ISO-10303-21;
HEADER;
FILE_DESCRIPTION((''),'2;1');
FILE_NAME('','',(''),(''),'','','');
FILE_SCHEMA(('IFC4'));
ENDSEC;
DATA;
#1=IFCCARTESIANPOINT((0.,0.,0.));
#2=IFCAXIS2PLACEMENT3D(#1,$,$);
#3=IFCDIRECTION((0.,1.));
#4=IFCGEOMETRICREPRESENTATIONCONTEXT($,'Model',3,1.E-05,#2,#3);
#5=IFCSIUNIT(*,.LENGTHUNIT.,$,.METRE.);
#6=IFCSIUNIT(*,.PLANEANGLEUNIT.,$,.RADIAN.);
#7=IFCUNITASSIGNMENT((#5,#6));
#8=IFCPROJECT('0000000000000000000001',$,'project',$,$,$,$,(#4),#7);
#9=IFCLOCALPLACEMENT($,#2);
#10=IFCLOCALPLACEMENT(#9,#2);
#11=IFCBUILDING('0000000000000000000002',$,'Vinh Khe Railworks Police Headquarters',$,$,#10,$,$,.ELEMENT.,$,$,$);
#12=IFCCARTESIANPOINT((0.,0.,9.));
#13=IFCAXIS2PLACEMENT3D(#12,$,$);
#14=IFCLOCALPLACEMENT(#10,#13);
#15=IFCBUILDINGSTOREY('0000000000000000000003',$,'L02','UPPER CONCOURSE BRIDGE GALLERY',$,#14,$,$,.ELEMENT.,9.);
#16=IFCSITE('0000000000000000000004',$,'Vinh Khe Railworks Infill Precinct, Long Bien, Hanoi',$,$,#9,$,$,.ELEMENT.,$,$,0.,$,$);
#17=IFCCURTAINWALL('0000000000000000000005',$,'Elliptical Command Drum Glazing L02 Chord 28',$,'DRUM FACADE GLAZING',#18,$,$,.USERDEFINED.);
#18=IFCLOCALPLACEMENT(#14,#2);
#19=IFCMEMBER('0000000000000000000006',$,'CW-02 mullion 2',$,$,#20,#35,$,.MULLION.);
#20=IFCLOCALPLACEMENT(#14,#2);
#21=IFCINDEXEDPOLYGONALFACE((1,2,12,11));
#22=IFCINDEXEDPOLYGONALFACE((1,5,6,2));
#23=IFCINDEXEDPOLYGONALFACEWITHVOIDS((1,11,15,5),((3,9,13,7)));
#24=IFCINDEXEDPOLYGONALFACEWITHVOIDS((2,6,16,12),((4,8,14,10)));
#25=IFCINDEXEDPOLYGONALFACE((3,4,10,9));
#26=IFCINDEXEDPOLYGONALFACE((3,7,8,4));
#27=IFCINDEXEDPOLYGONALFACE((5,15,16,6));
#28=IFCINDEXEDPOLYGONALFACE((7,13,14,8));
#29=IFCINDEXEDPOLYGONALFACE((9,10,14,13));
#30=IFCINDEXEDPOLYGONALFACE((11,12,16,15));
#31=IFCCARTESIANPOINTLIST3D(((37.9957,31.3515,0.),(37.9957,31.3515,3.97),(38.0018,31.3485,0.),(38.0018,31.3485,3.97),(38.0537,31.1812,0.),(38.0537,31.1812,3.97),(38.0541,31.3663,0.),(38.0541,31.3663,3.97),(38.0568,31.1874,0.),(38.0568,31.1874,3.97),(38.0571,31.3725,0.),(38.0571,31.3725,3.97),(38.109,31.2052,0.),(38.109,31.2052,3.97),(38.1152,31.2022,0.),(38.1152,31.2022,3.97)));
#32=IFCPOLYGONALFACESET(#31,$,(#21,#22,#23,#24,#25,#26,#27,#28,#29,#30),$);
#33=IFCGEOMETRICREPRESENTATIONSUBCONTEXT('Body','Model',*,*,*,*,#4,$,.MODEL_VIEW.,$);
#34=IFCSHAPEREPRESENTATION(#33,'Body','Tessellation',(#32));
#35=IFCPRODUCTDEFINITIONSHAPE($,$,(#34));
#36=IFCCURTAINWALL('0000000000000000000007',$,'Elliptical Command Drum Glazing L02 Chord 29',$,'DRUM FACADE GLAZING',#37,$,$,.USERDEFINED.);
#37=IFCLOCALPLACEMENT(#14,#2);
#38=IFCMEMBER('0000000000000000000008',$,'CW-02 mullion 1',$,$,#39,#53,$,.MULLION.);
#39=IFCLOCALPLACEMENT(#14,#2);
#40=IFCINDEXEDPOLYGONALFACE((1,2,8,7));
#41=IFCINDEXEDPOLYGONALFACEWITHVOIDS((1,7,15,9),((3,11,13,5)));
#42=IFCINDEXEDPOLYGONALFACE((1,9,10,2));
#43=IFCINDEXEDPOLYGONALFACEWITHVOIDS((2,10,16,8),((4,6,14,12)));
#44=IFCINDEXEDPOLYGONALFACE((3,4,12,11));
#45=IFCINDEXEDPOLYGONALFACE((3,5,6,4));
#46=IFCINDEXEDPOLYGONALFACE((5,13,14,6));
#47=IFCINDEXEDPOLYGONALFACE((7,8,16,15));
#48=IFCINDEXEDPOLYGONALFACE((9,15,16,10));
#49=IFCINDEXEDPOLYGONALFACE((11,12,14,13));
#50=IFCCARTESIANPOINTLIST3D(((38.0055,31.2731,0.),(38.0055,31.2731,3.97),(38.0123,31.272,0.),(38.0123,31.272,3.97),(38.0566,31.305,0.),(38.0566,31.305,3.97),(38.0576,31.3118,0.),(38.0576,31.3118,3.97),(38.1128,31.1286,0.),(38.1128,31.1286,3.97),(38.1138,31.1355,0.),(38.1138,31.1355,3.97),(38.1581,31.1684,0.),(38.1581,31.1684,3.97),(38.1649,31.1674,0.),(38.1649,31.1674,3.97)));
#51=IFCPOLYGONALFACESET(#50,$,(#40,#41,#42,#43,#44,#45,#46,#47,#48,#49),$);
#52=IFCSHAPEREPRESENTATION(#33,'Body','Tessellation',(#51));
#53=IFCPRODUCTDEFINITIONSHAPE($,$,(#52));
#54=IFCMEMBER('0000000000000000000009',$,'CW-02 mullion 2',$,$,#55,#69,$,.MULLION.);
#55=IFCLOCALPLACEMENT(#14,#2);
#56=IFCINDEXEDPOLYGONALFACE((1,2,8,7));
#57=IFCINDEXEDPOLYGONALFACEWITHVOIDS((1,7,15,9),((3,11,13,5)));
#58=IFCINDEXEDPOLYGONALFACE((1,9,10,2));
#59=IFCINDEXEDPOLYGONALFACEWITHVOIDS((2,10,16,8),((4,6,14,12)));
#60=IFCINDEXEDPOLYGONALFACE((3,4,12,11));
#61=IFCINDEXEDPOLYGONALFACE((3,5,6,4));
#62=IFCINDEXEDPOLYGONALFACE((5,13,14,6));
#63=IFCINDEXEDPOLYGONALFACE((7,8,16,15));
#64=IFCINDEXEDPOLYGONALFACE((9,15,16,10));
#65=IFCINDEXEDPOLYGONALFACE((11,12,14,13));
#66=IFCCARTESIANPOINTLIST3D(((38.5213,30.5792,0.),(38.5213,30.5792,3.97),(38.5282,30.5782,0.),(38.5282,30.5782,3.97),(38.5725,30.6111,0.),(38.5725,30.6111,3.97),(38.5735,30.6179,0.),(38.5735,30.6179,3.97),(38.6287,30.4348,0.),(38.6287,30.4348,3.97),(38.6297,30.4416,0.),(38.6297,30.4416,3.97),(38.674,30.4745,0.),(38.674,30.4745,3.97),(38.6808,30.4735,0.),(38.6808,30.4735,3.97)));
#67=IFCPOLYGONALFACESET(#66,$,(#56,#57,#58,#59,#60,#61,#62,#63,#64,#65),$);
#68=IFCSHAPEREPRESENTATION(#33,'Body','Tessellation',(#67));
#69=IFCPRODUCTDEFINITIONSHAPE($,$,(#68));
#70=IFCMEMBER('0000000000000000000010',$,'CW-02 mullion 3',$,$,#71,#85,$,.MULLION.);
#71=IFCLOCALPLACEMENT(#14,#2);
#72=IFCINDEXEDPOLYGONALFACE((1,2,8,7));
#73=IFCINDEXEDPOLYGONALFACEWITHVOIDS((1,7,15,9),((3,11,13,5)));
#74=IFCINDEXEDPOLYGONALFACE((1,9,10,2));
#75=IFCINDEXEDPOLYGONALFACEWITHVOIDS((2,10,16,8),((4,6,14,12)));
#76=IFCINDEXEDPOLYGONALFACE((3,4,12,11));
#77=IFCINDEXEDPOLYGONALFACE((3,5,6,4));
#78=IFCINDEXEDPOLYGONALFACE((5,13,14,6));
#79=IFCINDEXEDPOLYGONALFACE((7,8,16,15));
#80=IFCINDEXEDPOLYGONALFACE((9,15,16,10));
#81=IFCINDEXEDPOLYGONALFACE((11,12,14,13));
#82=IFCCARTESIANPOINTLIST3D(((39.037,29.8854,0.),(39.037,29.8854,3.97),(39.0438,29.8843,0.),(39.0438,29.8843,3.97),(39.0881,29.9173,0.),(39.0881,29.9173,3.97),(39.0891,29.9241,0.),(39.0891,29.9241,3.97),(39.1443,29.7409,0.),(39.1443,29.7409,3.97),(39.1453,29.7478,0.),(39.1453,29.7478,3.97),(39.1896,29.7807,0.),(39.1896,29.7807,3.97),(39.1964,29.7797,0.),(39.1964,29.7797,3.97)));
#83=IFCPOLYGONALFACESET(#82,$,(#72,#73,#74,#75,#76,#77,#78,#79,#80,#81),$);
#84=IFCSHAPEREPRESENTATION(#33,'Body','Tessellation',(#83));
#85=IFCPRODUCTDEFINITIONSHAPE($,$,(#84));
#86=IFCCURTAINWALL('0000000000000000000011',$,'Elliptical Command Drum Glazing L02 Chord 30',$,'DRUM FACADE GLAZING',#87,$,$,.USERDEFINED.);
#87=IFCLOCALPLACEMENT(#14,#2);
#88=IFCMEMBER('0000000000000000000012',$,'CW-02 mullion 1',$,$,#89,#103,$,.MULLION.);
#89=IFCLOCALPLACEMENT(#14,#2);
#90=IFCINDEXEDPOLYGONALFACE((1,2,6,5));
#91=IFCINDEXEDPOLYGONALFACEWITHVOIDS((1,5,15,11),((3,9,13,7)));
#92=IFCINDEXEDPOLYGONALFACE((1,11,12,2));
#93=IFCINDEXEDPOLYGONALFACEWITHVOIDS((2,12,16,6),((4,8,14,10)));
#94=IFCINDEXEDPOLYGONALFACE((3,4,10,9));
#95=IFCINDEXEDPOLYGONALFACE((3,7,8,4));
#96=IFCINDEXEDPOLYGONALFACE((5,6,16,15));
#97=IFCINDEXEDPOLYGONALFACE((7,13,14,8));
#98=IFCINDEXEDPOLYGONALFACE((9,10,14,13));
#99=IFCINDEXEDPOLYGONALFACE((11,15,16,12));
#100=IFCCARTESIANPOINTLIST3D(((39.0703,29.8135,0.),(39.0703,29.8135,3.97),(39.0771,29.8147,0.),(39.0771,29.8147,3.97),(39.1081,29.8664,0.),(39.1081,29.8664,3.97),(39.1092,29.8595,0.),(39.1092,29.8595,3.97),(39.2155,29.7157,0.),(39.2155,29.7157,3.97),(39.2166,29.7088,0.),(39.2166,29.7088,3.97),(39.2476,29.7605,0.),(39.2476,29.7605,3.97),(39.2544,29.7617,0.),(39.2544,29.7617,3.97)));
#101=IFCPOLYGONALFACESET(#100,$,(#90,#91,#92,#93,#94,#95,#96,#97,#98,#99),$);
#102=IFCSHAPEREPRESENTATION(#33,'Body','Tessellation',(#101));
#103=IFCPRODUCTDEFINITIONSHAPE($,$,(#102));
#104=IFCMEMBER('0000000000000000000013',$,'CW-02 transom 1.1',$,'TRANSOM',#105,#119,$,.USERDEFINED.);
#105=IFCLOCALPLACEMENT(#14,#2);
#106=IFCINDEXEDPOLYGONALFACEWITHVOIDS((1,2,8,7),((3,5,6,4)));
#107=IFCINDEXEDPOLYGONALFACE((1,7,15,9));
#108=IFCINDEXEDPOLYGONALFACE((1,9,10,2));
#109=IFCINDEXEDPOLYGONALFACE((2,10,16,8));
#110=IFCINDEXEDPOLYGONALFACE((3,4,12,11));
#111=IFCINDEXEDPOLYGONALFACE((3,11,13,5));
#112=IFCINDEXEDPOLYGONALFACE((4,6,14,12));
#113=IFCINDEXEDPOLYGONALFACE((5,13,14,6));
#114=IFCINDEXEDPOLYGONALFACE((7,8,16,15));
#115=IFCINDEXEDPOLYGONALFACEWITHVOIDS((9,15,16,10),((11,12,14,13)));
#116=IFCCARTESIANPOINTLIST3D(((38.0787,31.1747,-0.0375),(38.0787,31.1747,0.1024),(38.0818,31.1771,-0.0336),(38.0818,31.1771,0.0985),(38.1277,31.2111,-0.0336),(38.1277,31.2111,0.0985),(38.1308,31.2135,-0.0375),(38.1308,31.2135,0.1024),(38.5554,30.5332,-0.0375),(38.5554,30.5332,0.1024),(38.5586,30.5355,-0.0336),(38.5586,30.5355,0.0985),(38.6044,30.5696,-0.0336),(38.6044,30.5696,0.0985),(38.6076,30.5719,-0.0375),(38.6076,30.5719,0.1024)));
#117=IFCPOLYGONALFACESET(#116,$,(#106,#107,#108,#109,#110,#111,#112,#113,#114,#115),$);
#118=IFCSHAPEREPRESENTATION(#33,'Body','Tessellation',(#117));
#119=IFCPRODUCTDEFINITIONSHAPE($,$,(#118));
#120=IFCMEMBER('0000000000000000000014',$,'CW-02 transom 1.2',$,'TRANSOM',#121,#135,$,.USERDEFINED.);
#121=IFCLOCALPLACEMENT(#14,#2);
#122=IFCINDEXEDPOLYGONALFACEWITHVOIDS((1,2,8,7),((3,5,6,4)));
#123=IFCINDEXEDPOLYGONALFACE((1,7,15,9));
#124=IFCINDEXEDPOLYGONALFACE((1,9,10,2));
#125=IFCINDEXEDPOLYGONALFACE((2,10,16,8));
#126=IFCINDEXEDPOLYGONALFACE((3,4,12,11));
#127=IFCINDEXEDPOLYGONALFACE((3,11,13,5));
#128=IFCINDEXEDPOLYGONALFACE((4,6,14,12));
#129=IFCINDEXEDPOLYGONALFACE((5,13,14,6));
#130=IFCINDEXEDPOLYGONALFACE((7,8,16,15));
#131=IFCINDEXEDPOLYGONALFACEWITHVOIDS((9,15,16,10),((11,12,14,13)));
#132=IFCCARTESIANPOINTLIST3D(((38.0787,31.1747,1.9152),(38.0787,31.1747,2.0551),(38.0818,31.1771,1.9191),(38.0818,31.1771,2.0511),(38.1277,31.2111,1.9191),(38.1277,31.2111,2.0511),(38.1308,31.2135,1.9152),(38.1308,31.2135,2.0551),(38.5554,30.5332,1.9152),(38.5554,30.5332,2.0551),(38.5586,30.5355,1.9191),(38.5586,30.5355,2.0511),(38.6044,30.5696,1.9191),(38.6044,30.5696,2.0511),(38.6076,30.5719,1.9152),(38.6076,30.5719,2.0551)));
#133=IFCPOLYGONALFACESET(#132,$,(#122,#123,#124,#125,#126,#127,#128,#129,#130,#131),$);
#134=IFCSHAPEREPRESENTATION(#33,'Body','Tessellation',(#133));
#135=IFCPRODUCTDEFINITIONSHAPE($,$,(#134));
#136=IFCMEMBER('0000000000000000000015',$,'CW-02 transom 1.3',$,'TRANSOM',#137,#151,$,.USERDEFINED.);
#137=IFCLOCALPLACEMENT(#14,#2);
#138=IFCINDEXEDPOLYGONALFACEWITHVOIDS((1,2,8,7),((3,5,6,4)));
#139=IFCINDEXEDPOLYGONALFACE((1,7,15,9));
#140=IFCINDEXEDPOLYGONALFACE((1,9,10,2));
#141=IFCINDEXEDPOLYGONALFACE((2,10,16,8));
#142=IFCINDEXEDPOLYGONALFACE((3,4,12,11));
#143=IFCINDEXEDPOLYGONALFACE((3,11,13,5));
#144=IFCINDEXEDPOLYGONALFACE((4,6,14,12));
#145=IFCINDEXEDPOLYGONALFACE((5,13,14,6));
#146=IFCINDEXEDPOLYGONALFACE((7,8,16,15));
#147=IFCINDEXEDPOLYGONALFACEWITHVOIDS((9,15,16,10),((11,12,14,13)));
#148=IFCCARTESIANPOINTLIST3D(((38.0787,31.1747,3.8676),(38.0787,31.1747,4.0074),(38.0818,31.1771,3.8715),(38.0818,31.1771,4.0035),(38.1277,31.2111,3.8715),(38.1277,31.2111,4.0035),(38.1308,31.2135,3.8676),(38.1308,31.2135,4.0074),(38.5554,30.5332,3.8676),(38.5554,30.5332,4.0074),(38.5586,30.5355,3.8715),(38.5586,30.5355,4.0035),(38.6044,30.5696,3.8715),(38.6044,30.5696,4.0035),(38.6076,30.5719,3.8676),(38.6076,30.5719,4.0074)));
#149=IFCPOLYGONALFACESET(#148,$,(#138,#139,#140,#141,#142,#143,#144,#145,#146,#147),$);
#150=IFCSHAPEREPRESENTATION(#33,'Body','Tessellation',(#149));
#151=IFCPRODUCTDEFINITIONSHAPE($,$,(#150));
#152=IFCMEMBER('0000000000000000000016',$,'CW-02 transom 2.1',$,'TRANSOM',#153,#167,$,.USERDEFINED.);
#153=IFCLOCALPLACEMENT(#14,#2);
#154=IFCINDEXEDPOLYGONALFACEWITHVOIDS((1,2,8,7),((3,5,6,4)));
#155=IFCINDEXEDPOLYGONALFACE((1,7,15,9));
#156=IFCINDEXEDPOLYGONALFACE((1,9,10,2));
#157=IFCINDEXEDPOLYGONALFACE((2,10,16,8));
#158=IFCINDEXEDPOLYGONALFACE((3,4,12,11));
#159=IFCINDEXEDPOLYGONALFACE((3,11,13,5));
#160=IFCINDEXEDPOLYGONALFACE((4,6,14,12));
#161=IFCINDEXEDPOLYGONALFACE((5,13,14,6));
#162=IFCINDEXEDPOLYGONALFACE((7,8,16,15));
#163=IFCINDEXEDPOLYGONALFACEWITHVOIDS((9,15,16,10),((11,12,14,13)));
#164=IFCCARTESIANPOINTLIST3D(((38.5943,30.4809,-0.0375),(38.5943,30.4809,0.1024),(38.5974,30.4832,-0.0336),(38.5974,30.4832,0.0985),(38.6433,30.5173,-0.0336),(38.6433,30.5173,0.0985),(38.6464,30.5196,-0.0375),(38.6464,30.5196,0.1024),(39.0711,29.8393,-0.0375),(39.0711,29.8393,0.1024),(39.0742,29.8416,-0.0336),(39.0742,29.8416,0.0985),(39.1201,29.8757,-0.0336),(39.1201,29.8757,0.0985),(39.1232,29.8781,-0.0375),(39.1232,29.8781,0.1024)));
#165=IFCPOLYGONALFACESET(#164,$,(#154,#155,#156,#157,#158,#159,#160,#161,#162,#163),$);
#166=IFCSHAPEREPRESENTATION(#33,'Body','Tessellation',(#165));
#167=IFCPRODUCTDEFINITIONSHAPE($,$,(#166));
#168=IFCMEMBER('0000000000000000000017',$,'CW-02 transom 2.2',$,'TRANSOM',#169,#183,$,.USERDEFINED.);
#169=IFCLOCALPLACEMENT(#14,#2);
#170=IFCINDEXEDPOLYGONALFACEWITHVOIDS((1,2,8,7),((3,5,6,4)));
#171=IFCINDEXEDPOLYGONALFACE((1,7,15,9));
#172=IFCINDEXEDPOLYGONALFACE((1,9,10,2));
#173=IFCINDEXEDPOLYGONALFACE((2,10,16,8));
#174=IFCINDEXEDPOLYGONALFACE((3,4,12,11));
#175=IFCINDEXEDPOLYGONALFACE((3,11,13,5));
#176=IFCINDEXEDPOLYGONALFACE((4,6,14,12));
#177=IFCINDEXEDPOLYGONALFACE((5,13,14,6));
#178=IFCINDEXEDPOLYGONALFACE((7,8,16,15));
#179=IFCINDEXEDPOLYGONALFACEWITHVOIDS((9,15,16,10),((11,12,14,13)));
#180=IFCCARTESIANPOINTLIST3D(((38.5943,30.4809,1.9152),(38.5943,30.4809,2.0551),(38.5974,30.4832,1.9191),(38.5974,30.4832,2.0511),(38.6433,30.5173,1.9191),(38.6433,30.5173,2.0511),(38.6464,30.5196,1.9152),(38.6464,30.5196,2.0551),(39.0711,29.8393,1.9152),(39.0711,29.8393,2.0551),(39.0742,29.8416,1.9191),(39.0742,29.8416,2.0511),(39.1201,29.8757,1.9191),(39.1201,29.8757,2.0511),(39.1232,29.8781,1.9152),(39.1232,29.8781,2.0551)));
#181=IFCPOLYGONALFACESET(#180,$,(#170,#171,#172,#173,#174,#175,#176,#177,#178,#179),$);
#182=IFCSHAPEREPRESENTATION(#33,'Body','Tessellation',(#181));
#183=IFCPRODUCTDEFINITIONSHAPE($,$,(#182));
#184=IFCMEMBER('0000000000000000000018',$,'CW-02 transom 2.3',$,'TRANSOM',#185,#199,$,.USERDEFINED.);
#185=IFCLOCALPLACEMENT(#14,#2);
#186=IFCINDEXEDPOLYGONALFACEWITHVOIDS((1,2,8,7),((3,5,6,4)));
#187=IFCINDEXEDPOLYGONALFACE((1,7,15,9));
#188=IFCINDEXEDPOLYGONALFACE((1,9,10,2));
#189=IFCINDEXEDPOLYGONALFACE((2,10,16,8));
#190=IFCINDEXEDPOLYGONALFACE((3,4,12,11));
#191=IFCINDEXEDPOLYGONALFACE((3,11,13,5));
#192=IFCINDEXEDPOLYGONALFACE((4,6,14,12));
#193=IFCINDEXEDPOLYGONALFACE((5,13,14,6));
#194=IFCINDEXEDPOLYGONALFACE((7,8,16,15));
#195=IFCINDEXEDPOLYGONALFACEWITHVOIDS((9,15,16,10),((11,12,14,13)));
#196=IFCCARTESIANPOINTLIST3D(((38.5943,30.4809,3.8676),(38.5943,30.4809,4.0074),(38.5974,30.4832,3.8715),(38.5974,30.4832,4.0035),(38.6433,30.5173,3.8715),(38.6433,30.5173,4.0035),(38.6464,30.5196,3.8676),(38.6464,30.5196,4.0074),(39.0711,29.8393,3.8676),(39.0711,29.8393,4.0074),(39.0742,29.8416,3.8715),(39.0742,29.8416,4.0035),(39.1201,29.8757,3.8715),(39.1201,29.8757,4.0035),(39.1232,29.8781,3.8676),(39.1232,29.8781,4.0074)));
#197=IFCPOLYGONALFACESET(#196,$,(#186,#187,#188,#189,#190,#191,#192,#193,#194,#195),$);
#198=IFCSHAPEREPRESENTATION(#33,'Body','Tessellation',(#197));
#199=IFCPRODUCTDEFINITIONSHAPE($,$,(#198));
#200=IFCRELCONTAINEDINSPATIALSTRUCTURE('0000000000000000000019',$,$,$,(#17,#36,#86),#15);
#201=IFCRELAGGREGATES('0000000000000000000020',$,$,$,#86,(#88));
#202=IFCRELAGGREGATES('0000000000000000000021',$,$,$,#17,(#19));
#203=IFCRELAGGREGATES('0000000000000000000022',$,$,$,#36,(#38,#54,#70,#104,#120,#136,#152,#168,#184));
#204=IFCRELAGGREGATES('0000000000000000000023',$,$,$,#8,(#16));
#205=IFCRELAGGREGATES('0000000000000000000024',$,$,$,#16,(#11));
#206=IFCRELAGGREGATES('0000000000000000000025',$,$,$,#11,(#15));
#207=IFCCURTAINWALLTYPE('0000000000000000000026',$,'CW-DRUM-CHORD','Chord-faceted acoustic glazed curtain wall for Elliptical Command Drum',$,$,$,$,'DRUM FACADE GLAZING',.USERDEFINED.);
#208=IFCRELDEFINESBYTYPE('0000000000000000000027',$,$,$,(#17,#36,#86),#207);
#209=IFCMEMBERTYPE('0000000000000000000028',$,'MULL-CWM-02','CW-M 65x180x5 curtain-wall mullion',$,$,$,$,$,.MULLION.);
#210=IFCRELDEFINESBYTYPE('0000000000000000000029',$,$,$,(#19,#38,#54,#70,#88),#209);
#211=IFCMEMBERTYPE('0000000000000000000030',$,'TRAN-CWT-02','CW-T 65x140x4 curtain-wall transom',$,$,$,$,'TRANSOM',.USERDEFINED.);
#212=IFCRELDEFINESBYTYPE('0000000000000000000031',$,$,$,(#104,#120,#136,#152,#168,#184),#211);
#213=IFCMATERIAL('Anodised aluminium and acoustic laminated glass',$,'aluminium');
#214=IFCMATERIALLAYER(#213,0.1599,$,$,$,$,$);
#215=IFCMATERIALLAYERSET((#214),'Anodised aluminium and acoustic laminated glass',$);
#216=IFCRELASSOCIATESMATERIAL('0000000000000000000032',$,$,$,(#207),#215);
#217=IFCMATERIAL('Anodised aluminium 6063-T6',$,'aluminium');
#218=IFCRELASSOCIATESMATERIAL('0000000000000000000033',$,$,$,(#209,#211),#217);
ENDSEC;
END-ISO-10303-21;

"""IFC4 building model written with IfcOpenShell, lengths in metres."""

from ifc_helpers import new_model, si_unit, direction, frame, origin, origin_2d, place, context, subcontext, project, spatial, hollow_rectangle, extrude, material, layer, layer_set, material_profile, profile_set, type_object, element, aggregate, save


model = new_model("IFC4")

# Units and contexts
model_context = context("Model", 3, precision=1e-05, world=origin(), true_north=direction((0.0, 1.0)))
body_context = subcontext(model_context, "Body", "Model", "MODEL_VIEW")
ifc_project = project(units=[si_unit("LENGTHUNIT", "METRE"), si_unit("PLANEANGLEUNIT", "RADIAN")], contexts=[model_context])

# Site, building, storey
site_placement = place(None, origin())
site = spatial("IfcSite", under=ifc_project, at=site_placement, Name="Vinh Khe Railworks Infill Precinct, Long Bien, Hanoi", CompositionType="ELEMENT", RefElevation=0.0)
building_placement = place(site_placement, origin())
building = spatial("IfcBuilding", under=site, at=building_placement, Name="Vinh Khe Railworks Police Headquarters", CompositionType="ELEMENT")
storey_placement = place(building_placement, frame((0.0, 0.0, 9.0)))
storey = spatial("IfcBuildingStorey", under=building, at=storey_placement, Name="L02", Description="UPPER CONCOURSE BRIDGE GALLERY", CompositionType="ELEMENT", Elevation=9.0)

# Curtain wall, member
ifc_material_1 = material(Name="Anodised aluminium and acoustic laminated glass", Category="aluminium")
ifc_layer_1 = layer(ifc_material_1, 0.1599)
ifc_layer_set_1 = layer_set([ifc_layer_1], Name="Anodised aluminium and acoustic laminated glass")
curtain_wall_type = type_object("IfcCurtainWallType", Name="CW-DRUM-CHORD", Description="Chord-faceted acoustic glazed curtain wall for Elliptical Command Drum", ElementType="DRUM FACADE GLAZING", PredefinedType="USERDEFINED", material=ifc_layer_set_1)
curtain_wall_1_placement = place(storey_placement, origin())
curtain_wall_1 = element("IfcCurtainWall", 1, at=curtain_wall_1_placement, inside=storey, type_object=curtain_wall_type, Name="Elliptical Command Drum Glazing L02 Chord 28", ObjectType="DRUM FACADE GLAZING", PredefinedType="USERDEFINED")
ifc_material_2 = material(Name="Anodised aluminium 6063-T6", Category="aluminium")
ifc_material_profile_1 = material_profile(ifc_material_2, hollow_rectangle(XDim=0.0649, YDim=0.1799, WallThickness=0.0049, at=origin_2d()), Name="CW-M 65x180x5")
ifc_profile_set_1 = profile_set([ifc_material_profile_1], Name="Anodised aluminium 6063-T6")
member_type_1 = type_object("IfcMemberType", Name="MULL-CWM-02", Description="CW-M 65x180x5 curtain-wall mullion", PredefinedType="MULLION", material=ifc_profile_set_1)
member_1_placement = place(storey_placement, frame((38.0554, 31.2769, 0.0), z_axis=(0.0, 0.0, 1.0), x_axis=(0.946486, 0.322746, 0.0)))
member_1 = element("IfcMember", 2, at=member_1_placement, type_object=member_type_1, Name="CW-02 mullion 2", PredefinedType="MULLION", context=body_context, shape_type="SweptSolid", body=[
    extrude(hollow_rectangle(XDim=0.0649, YDim=0.1799, WallThickness=0.0049, at=origin_2d()), origin(), (0.0, 0.0, 1.0), 3.97),
])

# Curtain wall, members
curtain_wall_2_placement = place(storey_placement, origin())
curtain_wall_2 = element("IfcCurtainWall", 3, at=curtain_wall_2_placement, inside=storey, type_object=curtain_wall_type, Name="Elliptical Command Drum Glazing L02 Chord 29", ObjectType="DRUM FACADE GLAZING", PredefinedType="USERDEFINED")
member_2_placement = place(storey_placement, frame((38.0852, 31.2202, 0.0), z_axis=(0.0, 0.0, 1.0), x_axis=(0.802592, 0.596528, 0.0)))
member_2 = element("IfcMember", 4, at=member_2_placement, type_object=member_type_1, Name="CW-02 mullion 1", PredefinedType="MULLION", context=body_context, shape_type="SweptSolid", body=[
    extrude(hollow_rectangle(XDim=0.0649, YDim=0.1799, WallThickness=0.0049, at=origin_2d()), origin(), (0.0, 0.0, 1.0), 3.97),
])
member_3_placement = place(storey_placement, frame((38.6011, 30.5264, 0.0), z_axis=(0.0, 0.0, 1.0), x_axis=(0.802592, 0.596528, 0.0)))
member_3 = element("IfcMember", 5, at=member_3_placement, type_object=member_type_1, Name="CW-02 mullion 2", PredefinedType="MULLION", context=body_context, shape_type="SweptSolid", body=[
    extrude(hollow_rectangle(XDim=0.0649, YDim=0.1799, WallThickness=0.0049, at=origin_2d()), origin(), (0.0, 0.0, 1.0), 3.97),
])
member_4_placement = place(storey_placement, frame((39.1167, 29.8325, 0.0), z_axis=(0.0, 0.0, 1.0), x_axis=(0.802592, 0.596528, 0.0)))
member_4 = element("IfcMember", 6, at=member_4_placement, type_object=member_type_1, Name="CW-02 mullion 3", PredefinedType="MULLION", context=body_context, shape_type="SweptSolid", body=[
    extrude(hollow_rectangle(XDim=0.0649, YDim=0.1799, WallThickness=0.0049, at=origin_2d()), origin(), (0.0, 0.0, 1.0), 3.97),
])

# Curtain wall, member
curtain_wall_3_placement = place(storey_placement, origin())
curtain_wall_3 = element("IfcCurtainWall", 7, at=curtain_wall_3_placement, inside=storey, type_object=curtain_wall_type, Name="Elliptical Command Drum Glazing L02 Chord 30", ObjectType="DRUM FACADE GLAZING", PredefinedType="USERDEFINED")
member_5_placement = place(storey_placement, frame((39.1624, 29.7876, 0.0), z_axis=(0.0, 0.0, 1.0), x_axis=(0.581915, 0.813249, 0.0)))
member_5 = element("IfcMember", 8, at=member_5_placement, type_object=member_type_1, Name="CW-02 mullion 1", PredefinedType="MULLION", context=body_context, shape_type="SweptSolid", body=[
    extrude(hollow_rectangle(XDim=0.0649, YDim=0.1799, WallThickness=0.0049, at=origin_2d()), origin(), (0.0, 0.0, 1.0), 3.97),
])

# Members
ifc_material_profile_2 = material_profile(ifc_material_2, hollow_rectangle(XDim=0.0649, YDim=0.1399, WallThickness=0.0039, at=origin_2d()), Name="CW-T 65x140x4")
ifc_profile_set_2 = profile_set([ifc_material_profile_2], Name="Anodised aluminium 6063-T6")
member_type_2 = type_object("IfcMemberType", Name="TRAN-CWT-02", Description="CW-T 65x140x4 curtain-wall transom", ElementType="TRANSOM", PredefinedType="USERDEFINED", material=ifc_profile_set_2)
member_6_placement = place(storey_placement, frame((38.1047, 31.1941, 0.0325), z_axis=(0.596476, -0.802631, 0.0), x_axis=(0.802631, 0.596476, 0.0)))
member_6 = element("IfcMember", 9, at=member_6_placement, type_object=member_type_2, Name="CW-02 transom 1.1", ObjectType="TRANSOM", PredefinedType="USERDEFINED", context=body_context, shape_type="SweptSolid", body=[
    extrude(hollow_rectangle(XDim=0.0649, YDim=0.1399, WallThickness=0.0039, at=origin_2d()), origin(), (0.0, 0.0, 1.0), 0.7993),
])
member_7_placement = place(storey_placement, frame((38.1047, 31.1941, 1.9851), z_axis=(0.596476, -0.802631, 0.0), x_axis=(0.802631, 0.596476, 0.0)))
member_7 = element("IfcMember", 10, at=member_7_placement, type_object=member_type_2, Name="CW-02 transom 1.2", ObjectType="TRANSOM", PredefinedType="USERDEFINED", context=body_context, shape_type="SweptSolid", body=[
    extrude(hollow_rectangle(XDim=0.0649, YDim=0.1399, WallThickness=0.0039, at=origin_2d()), origin(), (0.0, 0.0, 1.0), 0.7993),
])
member_8_placement = place(storey_placement, frame((38.1047, 31.1941, 3.9375), z_axis=(0.596476, -0.802631, 0.0), x_axis=(0.802631, 0.596476, 0.0)))
member_8 = element("IfcMember", 11, at=member_8_placement, type_object=member_type_2, Name="CW-02 transom 1.3", ObjectType="TRANSOM", PredefinedType="USERDEFINED", context=body_context, shape_type="SweptSolid", body=[
    extrude(hollow_rectangle(XDim=0.0649, YDim=0.1399, WallThickness=0.0039, at=origin_2d()), origin(), (0.0, 0.0, 1.0), 0.7993),
])
member_9_placement = place(storey_placement, frame((38.6204, 30.5002, 0.0325), z_axis=(0.596476, -0.802631, 0.0), x_axis=(0.802631, 0.596476, 0.0)))
member_9 = element("IfcMember", 12, at=member_9_placement, type_object=member_type_2, Name="CW-02 transom 2.1", ObjectType="TRANSOM", PredefinedType="USERDEFINED", context=body_context, shape_type="SweptSolid", body=[
    extrude(hollow_rectangle(XDim=0.0649, YDim=0.1399, WallThickness=0.0039, at=origin_2d()), origin(), (0.0, 0.0, 1.0), 0.7993),
])
member_10_placement = place(storey_placement, frame((38.6204, 30.5002, 1.9851), z_axis=(0.596476, -0.802631, 0.0), x_axis=(0.802631, 0.596476, 0.0)))
member_10 = element("IfcMember", 13, at=member_10_placement, type_object=member_type_2, Name="CW-02 transom 2.2", ObjectType="TRANSOM", PredefinedType="USERDEFINED", context=body_context, shape_type="SweptSolid", body=[
    extrude(hollow_rectangle(XDim=0.0649, YDim=0.1399, WallThickness=0.0039, at=origin_2d()), origin(), (0.0, 0.0, 1.0), 0.7993),
])
member_11_placement = place(storey_placement, frame((38.6204, 30.5002, 3.9375), z_axis=(0.596476, -0.802631, 0.0), x_axis=(0.802631, 0.596476, 0.0)))
member_11 = element("IfcMember", 14, at=member_11_placement, type_object=member_type_2, Name="CW-02 transom 2.3", ObjectType="TRANSOM", PredefinedType="USERDEFINED", context=body_context, shape_type="SweptSolid", body=[
    extrude(hollow_rectangle(XDim=0.0649, YDim=0.1399, WallThickness=0.0039, at=origin_2d()), origin(), (0.0, 0.0, 1.0), 0.7993),
])
aggregate(curtain_wall_3, [member_5])

aggregate(curtain_wall_1, [member_1])
aggregate(curtain_wall_2, [member_2, member_3, member_4, member_6, member_7, member_8, member_9, member_10, member_11])

save(model, "model.ifc")
